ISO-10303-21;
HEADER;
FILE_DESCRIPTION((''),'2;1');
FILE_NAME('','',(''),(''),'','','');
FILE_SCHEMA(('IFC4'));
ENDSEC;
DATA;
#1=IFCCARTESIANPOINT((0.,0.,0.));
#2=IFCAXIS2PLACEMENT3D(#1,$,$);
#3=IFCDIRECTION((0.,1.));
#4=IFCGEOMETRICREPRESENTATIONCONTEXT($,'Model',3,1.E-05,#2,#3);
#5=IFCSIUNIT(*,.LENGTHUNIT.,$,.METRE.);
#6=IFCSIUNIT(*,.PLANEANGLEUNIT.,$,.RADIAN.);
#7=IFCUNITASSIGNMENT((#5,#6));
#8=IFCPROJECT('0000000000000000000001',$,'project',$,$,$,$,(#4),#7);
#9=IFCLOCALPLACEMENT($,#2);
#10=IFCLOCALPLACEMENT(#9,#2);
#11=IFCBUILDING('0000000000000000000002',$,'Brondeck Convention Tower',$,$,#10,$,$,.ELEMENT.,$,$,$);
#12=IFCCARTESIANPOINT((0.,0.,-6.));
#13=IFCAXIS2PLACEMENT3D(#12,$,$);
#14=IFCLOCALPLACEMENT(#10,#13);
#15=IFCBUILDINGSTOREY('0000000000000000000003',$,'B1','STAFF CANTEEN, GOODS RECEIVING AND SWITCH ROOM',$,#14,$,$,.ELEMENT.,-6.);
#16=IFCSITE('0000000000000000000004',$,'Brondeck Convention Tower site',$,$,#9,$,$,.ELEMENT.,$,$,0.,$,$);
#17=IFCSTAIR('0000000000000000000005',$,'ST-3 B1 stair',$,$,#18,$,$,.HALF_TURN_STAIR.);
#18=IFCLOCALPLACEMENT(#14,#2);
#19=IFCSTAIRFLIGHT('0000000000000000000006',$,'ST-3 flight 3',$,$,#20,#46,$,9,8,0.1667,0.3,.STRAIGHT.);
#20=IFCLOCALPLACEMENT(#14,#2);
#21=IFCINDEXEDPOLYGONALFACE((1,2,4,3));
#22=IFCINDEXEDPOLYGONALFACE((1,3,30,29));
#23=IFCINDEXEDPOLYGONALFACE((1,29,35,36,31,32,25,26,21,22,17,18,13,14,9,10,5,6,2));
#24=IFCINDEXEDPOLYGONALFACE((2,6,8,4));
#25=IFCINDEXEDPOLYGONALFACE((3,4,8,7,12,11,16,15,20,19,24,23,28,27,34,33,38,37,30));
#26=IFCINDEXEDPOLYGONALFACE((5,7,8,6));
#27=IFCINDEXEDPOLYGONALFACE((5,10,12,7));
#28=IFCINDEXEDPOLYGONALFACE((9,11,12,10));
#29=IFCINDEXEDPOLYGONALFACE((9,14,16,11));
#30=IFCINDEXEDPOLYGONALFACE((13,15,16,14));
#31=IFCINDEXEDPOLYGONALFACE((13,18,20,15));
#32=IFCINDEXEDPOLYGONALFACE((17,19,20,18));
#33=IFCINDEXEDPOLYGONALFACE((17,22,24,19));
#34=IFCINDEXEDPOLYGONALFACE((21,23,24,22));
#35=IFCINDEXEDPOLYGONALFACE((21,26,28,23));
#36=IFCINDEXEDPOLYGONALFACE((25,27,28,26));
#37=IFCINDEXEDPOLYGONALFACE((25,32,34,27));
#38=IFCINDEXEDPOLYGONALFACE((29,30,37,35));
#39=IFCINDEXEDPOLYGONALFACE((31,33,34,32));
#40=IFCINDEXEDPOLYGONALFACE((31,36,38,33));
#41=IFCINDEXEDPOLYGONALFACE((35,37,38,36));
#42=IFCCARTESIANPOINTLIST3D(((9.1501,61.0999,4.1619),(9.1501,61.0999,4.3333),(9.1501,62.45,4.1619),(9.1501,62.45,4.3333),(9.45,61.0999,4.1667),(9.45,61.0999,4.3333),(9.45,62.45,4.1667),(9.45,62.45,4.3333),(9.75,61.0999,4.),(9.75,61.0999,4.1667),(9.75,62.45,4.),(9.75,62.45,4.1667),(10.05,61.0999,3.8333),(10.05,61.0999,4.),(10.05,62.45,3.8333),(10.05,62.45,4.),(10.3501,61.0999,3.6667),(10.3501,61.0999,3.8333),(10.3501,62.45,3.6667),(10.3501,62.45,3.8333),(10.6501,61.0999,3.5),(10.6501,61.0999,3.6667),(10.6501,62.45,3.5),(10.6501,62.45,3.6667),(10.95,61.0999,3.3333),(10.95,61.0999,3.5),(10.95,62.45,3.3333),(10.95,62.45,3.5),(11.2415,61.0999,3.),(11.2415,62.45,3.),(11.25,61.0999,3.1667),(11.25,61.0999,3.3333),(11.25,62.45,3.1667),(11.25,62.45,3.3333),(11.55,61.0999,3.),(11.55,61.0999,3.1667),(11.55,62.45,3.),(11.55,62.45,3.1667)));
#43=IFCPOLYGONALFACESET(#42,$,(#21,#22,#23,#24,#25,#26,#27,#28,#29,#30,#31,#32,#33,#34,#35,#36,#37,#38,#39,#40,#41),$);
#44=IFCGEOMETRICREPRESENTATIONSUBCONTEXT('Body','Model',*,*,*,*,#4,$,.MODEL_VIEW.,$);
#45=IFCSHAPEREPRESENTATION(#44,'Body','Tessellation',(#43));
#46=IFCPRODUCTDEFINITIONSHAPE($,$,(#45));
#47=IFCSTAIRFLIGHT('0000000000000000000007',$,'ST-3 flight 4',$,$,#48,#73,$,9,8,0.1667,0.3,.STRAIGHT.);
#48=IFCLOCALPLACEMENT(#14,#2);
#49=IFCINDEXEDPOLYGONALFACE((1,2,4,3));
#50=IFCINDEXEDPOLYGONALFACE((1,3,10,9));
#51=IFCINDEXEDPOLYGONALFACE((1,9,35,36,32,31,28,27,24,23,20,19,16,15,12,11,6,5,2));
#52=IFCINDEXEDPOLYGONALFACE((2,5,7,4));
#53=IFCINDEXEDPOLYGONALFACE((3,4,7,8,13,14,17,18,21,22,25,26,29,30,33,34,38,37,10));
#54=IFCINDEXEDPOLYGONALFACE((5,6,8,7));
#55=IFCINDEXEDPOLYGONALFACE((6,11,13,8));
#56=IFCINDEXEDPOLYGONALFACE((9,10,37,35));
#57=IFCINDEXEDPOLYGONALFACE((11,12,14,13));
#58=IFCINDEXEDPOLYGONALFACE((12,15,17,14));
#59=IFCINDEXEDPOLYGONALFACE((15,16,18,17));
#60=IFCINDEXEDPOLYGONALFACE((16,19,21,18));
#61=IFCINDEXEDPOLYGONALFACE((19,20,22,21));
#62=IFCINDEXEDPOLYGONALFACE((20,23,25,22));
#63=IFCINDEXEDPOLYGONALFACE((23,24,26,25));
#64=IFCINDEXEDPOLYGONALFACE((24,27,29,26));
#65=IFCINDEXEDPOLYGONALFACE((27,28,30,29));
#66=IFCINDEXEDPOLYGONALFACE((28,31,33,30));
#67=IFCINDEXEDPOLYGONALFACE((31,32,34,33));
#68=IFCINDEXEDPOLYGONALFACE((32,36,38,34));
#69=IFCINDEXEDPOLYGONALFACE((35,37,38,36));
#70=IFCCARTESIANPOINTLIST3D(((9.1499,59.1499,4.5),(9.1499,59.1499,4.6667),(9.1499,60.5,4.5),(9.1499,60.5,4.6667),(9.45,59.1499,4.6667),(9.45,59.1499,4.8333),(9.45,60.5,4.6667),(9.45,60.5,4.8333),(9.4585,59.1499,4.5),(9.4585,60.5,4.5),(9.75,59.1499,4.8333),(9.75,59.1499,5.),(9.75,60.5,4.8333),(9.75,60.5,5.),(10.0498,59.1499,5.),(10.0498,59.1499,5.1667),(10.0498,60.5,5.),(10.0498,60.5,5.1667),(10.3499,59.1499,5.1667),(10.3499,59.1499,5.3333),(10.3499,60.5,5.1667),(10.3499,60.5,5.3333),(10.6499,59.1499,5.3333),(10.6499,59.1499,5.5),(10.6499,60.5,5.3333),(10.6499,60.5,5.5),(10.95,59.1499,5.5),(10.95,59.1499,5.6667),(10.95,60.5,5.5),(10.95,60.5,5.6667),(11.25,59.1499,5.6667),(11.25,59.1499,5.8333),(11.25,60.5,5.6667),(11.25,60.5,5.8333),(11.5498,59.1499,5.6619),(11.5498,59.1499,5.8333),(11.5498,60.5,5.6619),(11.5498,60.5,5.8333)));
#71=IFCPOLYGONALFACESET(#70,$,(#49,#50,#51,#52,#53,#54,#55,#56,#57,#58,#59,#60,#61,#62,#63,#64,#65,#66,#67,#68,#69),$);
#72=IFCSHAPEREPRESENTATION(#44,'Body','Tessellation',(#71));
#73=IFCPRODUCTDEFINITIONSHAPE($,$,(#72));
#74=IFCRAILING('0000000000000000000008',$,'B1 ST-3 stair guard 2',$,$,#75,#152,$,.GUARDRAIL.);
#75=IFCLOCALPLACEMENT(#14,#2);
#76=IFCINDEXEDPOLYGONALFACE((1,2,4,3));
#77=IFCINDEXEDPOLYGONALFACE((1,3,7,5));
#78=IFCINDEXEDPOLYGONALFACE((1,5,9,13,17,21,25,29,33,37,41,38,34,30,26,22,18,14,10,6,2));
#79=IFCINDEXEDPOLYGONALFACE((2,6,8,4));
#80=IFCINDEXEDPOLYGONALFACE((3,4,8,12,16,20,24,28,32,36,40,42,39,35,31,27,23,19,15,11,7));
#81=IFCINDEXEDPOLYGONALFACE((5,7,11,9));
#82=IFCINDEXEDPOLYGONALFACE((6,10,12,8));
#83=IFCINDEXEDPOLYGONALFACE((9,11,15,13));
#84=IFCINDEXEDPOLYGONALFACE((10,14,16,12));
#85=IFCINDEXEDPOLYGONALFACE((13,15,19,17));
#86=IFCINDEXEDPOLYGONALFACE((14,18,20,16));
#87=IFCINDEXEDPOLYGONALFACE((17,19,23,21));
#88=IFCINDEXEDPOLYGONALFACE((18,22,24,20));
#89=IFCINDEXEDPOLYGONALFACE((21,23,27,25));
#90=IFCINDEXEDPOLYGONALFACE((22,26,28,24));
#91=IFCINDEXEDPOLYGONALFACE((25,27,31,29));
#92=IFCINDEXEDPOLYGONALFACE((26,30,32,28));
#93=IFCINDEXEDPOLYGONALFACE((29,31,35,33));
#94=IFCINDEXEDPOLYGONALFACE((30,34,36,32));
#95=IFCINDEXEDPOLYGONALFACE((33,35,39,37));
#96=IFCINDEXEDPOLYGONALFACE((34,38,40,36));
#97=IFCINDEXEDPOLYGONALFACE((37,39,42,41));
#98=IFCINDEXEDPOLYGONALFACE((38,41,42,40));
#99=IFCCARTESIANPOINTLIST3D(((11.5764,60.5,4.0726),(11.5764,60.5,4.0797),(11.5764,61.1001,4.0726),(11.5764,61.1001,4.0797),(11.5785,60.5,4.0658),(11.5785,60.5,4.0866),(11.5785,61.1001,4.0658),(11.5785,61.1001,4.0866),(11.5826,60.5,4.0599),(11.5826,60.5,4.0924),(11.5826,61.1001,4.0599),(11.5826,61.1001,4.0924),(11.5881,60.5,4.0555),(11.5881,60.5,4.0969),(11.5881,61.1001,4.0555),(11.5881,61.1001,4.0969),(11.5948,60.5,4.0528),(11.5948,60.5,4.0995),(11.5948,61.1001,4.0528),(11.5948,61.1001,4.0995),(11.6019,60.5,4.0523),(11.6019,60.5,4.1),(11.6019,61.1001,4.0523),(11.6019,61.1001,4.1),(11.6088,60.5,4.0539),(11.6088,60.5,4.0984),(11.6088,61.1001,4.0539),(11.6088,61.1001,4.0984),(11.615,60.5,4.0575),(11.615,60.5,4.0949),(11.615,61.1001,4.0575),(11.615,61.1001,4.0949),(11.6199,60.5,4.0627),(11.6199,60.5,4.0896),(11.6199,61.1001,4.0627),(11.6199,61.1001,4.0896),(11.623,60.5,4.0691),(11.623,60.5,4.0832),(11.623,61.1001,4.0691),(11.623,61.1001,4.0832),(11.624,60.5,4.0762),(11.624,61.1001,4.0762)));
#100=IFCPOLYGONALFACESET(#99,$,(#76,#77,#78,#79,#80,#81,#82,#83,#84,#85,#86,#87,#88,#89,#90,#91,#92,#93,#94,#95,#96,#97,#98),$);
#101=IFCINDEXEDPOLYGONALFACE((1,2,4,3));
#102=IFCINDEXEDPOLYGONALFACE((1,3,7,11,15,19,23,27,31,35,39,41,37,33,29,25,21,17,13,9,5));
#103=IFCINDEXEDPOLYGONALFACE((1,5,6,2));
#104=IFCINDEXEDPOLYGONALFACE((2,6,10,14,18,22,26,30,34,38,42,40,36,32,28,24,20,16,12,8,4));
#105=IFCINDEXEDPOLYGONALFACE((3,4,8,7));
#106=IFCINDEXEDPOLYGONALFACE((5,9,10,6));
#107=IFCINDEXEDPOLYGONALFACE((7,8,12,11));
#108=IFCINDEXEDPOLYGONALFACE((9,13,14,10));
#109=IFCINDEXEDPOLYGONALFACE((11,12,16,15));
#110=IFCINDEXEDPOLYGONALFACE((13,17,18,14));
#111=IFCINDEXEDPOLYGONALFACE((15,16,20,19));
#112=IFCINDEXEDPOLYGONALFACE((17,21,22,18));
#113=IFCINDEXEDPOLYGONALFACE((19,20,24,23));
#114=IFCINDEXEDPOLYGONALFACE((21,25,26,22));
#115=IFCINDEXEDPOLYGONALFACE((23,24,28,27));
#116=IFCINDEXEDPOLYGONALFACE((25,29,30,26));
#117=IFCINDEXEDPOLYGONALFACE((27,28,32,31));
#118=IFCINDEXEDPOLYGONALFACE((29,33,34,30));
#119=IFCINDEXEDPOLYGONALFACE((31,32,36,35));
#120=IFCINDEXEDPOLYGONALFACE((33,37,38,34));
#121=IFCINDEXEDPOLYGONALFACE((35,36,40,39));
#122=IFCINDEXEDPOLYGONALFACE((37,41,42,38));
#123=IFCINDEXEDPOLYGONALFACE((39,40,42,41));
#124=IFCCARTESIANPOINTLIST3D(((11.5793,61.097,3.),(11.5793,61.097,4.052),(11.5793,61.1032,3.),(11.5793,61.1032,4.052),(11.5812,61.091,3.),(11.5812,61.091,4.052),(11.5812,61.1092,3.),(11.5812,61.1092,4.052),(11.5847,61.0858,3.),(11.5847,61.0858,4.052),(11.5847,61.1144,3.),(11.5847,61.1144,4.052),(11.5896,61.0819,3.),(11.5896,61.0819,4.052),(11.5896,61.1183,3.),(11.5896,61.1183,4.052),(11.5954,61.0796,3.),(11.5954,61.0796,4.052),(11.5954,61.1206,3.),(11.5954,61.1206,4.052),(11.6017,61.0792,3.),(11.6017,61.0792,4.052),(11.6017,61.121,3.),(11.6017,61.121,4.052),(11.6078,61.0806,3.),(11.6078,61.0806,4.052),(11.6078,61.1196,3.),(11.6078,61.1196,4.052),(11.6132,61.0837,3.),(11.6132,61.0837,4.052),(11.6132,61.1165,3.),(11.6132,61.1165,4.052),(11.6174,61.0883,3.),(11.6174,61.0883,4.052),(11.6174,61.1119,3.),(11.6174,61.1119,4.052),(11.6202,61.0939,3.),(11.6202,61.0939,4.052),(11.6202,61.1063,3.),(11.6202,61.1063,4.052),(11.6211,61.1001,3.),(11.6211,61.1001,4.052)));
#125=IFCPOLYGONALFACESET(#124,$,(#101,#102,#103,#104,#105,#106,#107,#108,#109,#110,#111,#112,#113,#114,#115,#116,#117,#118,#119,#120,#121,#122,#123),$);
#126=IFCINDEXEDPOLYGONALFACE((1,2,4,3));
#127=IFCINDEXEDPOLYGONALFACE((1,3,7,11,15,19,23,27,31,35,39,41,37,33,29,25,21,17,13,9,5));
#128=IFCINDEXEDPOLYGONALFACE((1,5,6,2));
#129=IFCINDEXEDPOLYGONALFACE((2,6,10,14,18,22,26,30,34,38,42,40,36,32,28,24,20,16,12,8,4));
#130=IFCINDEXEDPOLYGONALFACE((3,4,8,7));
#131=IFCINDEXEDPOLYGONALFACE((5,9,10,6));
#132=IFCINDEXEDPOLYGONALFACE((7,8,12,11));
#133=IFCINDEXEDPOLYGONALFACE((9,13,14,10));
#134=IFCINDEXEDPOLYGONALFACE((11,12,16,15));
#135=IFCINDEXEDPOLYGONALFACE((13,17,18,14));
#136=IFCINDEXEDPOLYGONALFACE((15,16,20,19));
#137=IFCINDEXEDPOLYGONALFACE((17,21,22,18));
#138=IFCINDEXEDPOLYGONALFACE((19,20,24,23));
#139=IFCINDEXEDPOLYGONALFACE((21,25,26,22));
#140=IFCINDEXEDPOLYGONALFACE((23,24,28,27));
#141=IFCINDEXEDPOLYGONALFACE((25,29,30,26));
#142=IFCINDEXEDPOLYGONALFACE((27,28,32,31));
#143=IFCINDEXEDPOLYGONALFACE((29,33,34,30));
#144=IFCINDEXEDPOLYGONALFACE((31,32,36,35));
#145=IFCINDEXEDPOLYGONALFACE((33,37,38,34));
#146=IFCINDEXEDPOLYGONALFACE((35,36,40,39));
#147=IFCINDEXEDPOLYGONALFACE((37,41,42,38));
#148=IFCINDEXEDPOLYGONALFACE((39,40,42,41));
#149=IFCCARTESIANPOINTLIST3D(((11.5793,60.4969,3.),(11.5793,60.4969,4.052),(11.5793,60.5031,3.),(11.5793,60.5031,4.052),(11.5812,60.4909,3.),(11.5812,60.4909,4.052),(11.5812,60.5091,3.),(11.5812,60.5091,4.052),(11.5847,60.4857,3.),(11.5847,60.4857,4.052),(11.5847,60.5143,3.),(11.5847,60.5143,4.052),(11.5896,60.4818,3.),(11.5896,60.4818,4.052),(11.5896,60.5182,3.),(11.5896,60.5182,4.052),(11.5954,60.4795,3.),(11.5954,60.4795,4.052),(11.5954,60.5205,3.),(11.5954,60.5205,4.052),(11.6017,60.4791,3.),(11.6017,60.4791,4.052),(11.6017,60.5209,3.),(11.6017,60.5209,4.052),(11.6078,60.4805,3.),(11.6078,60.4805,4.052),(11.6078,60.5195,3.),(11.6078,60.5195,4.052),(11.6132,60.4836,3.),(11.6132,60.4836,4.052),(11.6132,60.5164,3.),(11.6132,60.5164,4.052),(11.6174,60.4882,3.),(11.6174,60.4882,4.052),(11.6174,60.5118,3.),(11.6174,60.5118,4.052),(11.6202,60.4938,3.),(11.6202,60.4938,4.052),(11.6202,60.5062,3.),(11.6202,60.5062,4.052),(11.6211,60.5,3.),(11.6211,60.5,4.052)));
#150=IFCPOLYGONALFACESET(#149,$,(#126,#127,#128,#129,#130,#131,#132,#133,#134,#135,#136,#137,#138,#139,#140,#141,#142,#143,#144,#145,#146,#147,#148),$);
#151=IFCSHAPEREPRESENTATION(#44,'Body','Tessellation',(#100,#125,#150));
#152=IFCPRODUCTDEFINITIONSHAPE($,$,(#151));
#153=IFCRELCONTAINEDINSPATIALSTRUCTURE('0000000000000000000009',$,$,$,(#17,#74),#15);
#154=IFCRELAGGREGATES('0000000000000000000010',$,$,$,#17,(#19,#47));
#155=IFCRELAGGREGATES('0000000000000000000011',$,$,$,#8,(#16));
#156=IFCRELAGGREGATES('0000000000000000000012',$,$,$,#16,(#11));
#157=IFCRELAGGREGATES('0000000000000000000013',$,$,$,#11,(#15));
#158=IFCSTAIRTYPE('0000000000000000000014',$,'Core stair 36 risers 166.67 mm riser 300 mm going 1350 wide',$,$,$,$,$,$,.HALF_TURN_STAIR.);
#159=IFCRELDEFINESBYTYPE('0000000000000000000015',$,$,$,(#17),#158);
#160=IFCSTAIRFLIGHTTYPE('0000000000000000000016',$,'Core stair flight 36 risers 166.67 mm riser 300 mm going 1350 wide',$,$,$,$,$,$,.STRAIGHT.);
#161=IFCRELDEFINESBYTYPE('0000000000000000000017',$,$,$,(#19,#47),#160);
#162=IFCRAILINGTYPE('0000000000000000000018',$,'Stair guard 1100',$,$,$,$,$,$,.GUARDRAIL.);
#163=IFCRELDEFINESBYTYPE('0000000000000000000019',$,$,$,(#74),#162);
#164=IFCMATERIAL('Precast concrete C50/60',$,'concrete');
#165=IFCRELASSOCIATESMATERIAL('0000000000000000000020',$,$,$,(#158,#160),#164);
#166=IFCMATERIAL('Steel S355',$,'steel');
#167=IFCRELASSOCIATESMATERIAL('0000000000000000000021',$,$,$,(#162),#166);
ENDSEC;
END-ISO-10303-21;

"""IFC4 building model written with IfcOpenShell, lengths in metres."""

from ifc_helpers import new_model, si_unit, direction, frame, origin, origin_2d, place, context, subcontext, project, spatial, polyline, circle, outline, extrude, material, type_object, element, aggregate, save


model = new_model("IFC4")

# Units and contexts
model_context = context("Model", 3, precision=1e-05, world=origin(), true_north=direction((0.0, 1.0)))
body_context = subcontext(model_context, "Body", "Model", "MODEL_VIEW")
ifc_project = project(units=[si_unit("LENGTHUNIT", "METRE"), si_unit("PLANEANGLEUNIT", "RADIAN")], contexts=[model_context])

# Site, building, storey
site_placement = place(None, origin())
site = spatial("IfcSite", under=ifc_project, at=site_placement, Name="Brondeck Convention Tower site", CompositionType="ELEMENT", RefElevation=0.0)
building_placement = place(site_placement, origin())
building = spatial("IfcBuilding", under=site, at=building_placement, Name="Brondeck Convention Tower", CompositionType="ELEMENT")
storey_placement = place(building_placement, frame((0.0, 0.0, -6.0)))
storey = spatial("IfcBuildingStorey", under=building, at=storey_placement, Name="B1", Description="STAFF CANTEEN, GOODS RECEIVING AND SWITCH ROOM", CompositionType="ELEMENT", Elevation=-6.0)

# Shared definitions
ifc_material_1 = material(Name="Steel S355", Category="steel")

# Stair, stair flights
ifc_material_2 = material(Name="Precast concrete C50/60", Category="concrete")
stair_type = type_object("IfcStairType", Name="Core stair 36 risers 166.67 mm riser 300 mm going 1350 wide", PredefinedType="HALF_TURN_STAIR", material=ifc_material_2)
stair_placement = place(storey_placement, origin())
stair = element("IfcStair", 1, at=stair_placement, inside=storey, type_object=stair_type, Name="ST-3 B1 stair", PredefinedType="HALF_TURN_STAIR")
stair_flight_type = type_object("IfcStairFlightType", Name="Core stair flight 36 risers 166.67 mm riser 300 mm going 1350 wide", PredefinedType="STRAIGHT", material=ifc_material_2)
stair_flight_1_placement = place(storey_placement, frame((11.55, 61.7749, 3.0), z_axis=(0.0, 0.0, 1.0), x_axis=(-1.0, 0.0, 0.0)))
stair_flight_1 = element("IfcStairFlight", 2, at=stair_flight_1_placement, type_object=stair_flight_type, Name="ST-3 flight 3", NumberOfRisers=9, NumberOfTreads=8, PredefinedType="STRAIGHT", RiserHeight=0.1667, TreadLength=0.3, context=body_context, shape_type="SweptSolid", body=[
    extrude(outline(polyline([(0.0, 0.0), (0.0, 0.1667), (0.3, 0.1667), (0.3, 0.3333), (0.6001, 0.3333), (0.6001, 0.5), (0.8999, 0.5), (0.8999, 0.6667), (1.2, 0.6667), (1.2, 0.8333), (1.5, 0.8333), (1.5, 1.0), (1.8, 1.0), (1.8, 1.1667), (2.1001, 1.1667), (2.1001, 1.3333), (2.3999, 1.3333), (2.3999, 1.5), (2.3999, 1.1619), (0.3086, 0.0), (0.0, 0.0)])), frame((0.0, 0.675, 0.0), z_axis=(0.0, -1.0, 0.0), x_axis=(1.0, 0.0, 0.0)), (0.0, 0.0, 1.0), 1.3501),
])
stair_flight_2_placement = place(storey_placement, frame((9.1499, 59.825, 4.5), z_axis=(0.0, 0.0, 1.0), x_axis=(1.0, 0.0, 0.0)))
stair_flight_2 = element("IfcStairFlight", 3, at=stair_flight_2_placement, type_object=stair_flight_type, Name="ST-3 flight 4", NumberOfRisers=9, NumberOfTreads=8, PredefinedType="STRAIGHT", RiserHeight=0.1667, TreadLength=0.3, context=body_context, shape_type="SweptSolid", body=[
    extrude(outline(polyline([(0.0, 0.0), (0.0, 0.1667), (0.3, 0.1667), (0.3, 0.3333), (0.6001, 0.3333), (0.6001, 0.5), (0.8999, 0.5), (0.8999, 0.6667), (1.2, 0.6667), (1.2, 0.8333), (1.5, 0.8333), (1.5, 1.0), (1.8, 1.0), (1.8, 1.1667), (2.1001, 1.1667), (2.1001, 1.3333), (2.3999, 1.3333), (2.3999, 1.5), (2.3999, 1.1619), (0.3086, 0.0), (0.0, 0.0)])), frame((0.0, 0.675, 0.0), z_axis=(0.0, -1.0, 0.0), x_axis=(1.0, 0.0, 0.0)), (0.0, 0.0, 1.0), 1.3501),
])
aggregate(stair, [stair_flight_1, stair_flight_2])

# Railing
railing_type_1 = type_object("IfcRailingType", Name="Stair guard 1100", PredefinedType="GUARDRAIL", material=ifc_material_1)
railing_1_placement = place(storey_placement, frame((11.6001, 61.1001, 3.0)))
element("IfcRailing", 4, at=railing_1_placement, inside=storey, type_object=railing_type_1, Name="B1 ST-3 stair guard 2", PredefinedType="GUARDRAIL", context=body_context, shape_type="SweptSolid", body=[
    extrude(circle(Radius=0.0239, at=origin_2d()), frame((0.0, 0.0, 1.0762), z_axis=(0.0, -1.0, 0.0), x_axis=(1.0, 0.0, 0.0)), (0.0, 0.0, 1.0), 0.6001),
    extrude(circle(Radius=0.021, at=origin_2d()), origin(), (0.0, 0.0, 1.0), 1.052),
    extrude(circle(Radius=0.021, at=origin_2d()), frame((0.0, -0.6001, 0.0)), (0.0, 0.0, 1.0), 1.052),
])

save(model, "model.ifc")
